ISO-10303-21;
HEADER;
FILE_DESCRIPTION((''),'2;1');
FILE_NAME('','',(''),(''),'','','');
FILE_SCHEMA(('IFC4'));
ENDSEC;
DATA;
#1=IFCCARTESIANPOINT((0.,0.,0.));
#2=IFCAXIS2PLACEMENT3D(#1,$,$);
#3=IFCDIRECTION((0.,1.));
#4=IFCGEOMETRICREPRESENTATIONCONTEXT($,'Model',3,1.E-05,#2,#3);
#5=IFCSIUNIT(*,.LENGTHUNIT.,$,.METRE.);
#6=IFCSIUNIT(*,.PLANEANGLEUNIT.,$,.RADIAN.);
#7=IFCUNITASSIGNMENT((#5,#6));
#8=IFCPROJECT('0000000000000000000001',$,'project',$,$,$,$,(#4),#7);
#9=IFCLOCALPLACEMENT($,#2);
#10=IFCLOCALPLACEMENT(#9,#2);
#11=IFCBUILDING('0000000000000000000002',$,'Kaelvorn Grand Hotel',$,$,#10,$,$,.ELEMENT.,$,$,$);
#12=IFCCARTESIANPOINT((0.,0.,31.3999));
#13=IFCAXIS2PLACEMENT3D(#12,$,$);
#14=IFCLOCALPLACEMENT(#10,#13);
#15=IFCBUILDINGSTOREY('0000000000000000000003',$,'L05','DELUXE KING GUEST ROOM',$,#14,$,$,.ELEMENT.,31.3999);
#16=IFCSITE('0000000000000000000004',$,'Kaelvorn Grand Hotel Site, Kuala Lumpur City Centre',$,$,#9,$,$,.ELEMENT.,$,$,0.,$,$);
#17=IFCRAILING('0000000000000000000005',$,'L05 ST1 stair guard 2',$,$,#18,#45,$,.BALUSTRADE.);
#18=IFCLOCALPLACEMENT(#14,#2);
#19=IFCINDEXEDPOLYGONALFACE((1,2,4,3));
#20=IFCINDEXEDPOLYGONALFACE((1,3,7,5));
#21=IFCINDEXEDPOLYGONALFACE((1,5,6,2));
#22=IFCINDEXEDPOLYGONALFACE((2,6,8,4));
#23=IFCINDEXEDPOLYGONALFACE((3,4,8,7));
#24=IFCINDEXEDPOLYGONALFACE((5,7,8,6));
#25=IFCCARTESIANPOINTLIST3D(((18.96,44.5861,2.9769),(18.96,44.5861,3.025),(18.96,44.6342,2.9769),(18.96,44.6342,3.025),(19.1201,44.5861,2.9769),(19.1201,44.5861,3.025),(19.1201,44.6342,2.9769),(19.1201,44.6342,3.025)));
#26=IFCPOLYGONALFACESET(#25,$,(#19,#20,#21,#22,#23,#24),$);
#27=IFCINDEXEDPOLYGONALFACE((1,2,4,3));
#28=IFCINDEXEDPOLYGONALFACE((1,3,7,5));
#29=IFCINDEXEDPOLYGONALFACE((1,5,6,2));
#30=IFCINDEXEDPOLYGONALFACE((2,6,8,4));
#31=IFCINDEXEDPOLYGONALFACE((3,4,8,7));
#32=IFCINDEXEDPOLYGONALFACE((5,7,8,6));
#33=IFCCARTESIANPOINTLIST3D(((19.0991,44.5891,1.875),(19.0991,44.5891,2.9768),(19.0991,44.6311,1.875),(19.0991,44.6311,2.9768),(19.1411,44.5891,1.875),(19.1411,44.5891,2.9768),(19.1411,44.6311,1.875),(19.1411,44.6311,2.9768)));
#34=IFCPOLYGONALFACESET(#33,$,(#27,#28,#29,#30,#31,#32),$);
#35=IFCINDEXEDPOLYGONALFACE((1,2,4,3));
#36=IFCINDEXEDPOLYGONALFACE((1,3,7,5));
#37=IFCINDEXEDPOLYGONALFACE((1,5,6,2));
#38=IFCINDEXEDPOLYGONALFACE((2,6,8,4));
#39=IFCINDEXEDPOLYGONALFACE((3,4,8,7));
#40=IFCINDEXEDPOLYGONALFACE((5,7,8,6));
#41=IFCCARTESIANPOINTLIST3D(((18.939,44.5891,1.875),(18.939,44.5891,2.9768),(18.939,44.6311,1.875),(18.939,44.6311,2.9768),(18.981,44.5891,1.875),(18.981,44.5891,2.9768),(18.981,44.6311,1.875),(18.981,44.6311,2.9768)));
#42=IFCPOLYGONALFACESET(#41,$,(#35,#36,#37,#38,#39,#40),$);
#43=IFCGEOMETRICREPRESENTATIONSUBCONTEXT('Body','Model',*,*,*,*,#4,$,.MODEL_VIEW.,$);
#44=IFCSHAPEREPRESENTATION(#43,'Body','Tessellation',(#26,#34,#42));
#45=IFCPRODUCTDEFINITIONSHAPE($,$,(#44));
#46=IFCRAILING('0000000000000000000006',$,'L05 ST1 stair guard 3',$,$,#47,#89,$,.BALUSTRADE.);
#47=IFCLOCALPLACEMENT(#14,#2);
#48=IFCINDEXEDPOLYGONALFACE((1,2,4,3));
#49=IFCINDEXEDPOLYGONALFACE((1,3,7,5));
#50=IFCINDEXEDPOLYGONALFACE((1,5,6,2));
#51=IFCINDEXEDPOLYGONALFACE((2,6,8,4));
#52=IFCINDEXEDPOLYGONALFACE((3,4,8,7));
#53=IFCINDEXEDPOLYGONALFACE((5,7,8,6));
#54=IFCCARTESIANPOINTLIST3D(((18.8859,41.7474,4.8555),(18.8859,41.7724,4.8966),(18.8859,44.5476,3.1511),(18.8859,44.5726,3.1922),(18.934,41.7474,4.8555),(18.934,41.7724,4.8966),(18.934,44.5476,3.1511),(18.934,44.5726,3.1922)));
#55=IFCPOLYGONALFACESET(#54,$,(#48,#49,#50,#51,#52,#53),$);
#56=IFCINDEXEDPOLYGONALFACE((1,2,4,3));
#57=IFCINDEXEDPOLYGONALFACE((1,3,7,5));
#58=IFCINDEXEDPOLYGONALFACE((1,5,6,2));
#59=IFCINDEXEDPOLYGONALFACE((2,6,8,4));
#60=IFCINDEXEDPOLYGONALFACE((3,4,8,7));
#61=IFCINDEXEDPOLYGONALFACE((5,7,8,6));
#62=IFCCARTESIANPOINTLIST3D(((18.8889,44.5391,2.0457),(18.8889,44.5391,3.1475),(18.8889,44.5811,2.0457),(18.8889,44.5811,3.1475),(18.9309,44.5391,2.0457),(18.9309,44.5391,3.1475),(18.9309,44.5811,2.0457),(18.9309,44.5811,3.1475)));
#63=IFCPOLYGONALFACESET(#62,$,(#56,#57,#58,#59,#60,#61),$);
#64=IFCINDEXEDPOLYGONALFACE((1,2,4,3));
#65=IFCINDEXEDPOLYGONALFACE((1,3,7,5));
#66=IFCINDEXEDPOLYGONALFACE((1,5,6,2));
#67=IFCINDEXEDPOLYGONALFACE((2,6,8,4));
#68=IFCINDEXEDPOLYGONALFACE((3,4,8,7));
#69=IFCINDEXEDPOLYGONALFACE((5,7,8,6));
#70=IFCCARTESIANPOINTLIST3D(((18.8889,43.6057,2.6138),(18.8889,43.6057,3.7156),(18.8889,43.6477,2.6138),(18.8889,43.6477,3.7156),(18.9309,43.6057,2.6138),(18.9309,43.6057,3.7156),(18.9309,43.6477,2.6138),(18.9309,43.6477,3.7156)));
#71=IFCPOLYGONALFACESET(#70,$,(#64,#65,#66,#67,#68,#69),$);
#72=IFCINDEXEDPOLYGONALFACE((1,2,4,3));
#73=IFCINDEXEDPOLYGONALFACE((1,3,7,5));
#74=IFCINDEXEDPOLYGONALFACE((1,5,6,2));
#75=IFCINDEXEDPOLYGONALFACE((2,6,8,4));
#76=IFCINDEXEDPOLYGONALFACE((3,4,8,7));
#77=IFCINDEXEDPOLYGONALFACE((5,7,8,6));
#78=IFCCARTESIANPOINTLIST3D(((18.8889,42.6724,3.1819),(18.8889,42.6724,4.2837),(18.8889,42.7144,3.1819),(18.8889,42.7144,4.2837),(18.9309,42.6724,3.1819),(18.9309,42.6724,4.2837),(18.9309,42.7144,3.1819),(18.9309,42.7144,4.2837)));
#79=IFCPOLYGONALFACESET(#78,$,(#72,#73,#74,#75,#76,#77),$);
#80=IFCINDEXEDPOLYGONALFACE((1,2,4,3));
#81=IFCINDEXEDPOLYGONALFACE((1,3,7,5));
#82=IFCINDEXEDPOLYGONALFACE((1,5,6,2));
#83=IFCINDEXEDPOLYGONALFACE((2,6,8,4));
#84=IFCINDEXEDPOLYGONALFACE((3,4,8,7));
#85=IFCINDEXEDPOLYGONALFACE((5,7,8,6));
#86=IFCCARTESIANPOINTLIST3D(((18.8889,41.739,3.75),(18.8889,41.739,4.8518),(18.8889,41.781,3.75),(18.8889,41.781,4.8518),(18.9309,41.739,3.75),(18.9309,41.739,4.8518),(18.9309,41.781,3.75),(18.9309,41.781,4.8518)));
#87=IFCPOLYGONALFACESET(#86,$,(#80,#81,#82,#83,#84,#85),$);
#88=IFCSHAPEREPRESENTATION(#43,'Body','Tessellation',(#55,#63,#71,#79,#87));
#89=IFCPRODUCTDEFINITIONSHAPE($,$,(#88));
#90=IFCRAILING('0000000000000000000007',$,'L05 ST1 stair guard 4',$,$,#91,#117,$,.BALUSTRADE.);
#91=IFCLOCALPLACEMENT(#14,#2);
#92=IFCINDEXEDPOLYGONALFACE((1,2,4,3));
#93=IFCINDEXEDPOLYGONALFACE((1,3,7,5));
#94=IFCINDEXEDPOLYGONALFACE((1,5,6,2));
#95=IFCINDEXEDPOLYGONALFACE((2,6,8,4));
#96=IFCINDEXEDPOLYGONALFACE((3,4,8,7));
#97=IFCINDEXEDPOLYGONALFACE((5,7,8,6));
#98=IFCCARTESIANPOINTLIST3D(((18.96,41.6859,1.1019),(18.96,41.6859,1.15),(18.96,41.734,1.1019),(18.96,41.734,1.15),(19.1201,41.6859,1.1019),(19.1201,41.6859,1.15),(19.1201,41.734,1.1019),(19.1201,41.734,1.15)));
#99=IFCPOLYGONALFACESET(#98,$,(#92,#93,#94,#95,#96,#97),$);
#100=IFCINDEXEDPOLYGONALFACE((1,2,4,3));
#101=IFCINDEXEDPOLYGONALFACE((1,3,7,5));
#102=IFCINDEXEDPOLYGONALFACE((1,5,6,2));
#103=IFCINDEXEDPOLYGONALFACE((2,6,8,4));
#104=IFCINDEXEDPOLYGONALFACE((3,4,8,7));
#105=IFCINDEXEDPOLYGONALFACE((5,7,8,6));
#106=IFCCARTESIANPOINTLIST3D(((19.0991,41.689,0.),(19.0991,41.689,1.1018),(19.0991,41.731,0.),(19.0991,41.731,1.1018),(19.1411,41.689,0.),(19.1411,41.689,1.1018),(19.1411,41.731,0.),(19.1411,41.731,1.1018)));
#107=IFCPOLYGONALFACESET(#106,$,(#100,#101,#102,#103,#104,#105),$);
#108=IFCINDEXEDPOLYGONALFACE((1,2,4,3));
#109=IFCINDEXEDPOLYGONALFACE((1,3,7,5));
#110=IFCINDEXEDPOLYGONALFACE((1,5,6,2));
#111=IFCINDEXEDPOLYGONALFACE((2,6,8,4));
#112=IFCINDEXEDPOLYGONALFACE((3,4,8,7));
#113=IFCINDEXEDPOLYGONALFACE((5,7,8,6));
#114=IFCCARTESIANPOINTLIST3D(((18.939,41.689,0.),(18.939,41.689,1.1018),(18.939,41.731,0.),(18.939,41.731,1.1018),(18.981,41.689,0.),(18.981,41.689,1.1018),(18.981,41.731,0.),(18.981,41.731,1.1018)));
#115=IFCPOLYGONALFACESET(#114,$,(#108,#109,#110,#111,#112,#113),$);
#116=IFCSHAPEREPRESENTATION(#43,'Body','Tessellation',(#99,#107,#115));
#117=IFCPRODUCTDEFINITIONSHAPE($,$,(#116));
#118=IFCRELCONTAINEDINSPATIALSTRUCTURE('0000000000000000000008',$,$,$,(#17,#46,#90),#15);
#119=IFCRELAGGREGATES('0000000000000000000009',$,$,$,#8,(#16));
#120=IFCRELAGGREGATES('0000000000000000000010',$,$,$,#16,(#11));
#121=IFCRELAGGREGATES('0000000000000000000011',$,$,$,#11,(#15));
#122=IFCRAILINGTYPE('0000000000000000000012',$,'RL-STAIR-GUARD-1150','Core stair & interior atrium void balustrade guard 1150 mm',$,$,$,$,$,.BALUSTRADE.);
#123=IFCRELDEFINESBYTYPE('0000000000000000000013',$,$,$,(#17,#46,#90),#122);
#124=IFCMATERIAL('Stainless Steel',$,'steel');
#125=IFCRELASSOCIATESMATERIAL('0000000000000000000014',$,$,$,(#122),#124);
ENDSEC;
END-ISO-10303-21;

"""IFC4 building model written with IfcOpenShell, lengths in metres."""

from ifc_helpers import new_model, si_unit, direction, frame, origin, origin_2d, place, context, subcontext, project, spatial, rectangle, extrude, material, type_object, element, save


model = new_model("IFC4")

# Units and contexts
model_context = context("Model", 3, precision=1e-05, world=origin(), true_north=direction((0.0, 1.0)))
body_context = subcontext(model_context, "Body", "Model", "MODEL_VIEW")
ifc_project = project(units=[si_unit("LENGTHUNIT", "METRE"), si_unit("PLANEANGLEUNIT", "RADIAN")], contexts=[model_context])

# Site, building, storey
site_placement = place(None, origin())
site = spatial("IfcSite", under=ifc_project, at=site_placement, Name="Kaelvorn Grand Hotel Site, Kuala Lumpur City Centre", CompositionType="ELEMENT", RefElevation=0.0)
building_placement = place(site_placement, origin())
building = spatial("IfcBuilding", under=site, at=building_placement, Name="Kaelvorn Grand Hotel", CompositionType="ELEMENT")
storey_placement = place(building_placement, frame((0.0, 0.0, 31.3999)))
storey = spatial("IfcBuildingStorey", under=building, at=storey_placement, Name="L05", Description="DELUXE KING GUEST ROOM", CompositionType="ELEMENT", Elevation=31.3999)

# Shared definitions
ifc_material_1 = material(Name="Stainless Steel", Category="steel")

# Railings
railing_type_1 = type_object("IfcRailingType", Name="RL-STAIR-GUARD-1150", Description="Core stair & interior atrium void balustrade guard 1150 mm", PredefinedType="BALUSTRADE", material=ifc_material_1)
railing_1_placement = place(storey_placement, frame((19.1201, 44.6101, 1.875)))
element("IfcRailing", 1, at=railing_1_placement, inside=storey, type_object=railing_type_1, Name="L05 ST1 stair guard 2", PredefinedType="BALUSTRADE", context=body_context, shape_type="SweptSolid", body=[
    extrude(rectangle(XDim=0.0481, YDim=0.0481, at=origin_2d()), frame((0.0, 0.0, 1.126), z_axis=(-1.0, 0.0, 0.0), x_axis=(0.0, -1.0, 0.0)), (0.0, 0.0, 1.0), 0.1602),
    extrude(rectangle(XDim=0.042, YDim=0.042, at=origin_2d()), origin(), (0.0, 0.0, 1.0), 1.1018),
    extrude(rectangle(XDim=0.042, YDim=0.042, at=origin_2d()), frame((-0.1602, 0.0, 0.0)), (0.0, 0.0, 1.0), 1.1018),
])
railing_2_placement = place(storey_placement, frame((18.9099, 44.5601, 2.0457)))
element("IfcRailing", 2, at=railing_2_placement, inside=storey, type_object=railing_type_1, Name="L05 ST1 stair guard 3", PredefinedType="BALUSTRADE", context=body_context, shape_type="SweptSolid", body=[
    extrude(rectangle(XDim=0.0481, YDim=0.0481, at=origin_2d()), frame((0.0, 0.0, 1.126), z_axis=(0.0, -0.854203, 0.51994), x_axis=(1.0, 0.0, 0.0)), (0.0, 0.0, 1.0), 3.2781),
    extrude(rectangle(XDim=0.042, YDim=0.042, at=origin_2d()), origin(), (0.0, 0.0, 1.0), 1.1018),
    extrude(rectangle(XDim=0.042, YDim=0.042, at=origin_2d()), frame((0.0, -0.9333, 0.5681)), (0.0, 0.0, 1.0), 1.1018),
    extrude(rectangle(XDim=0.042, YDim=0.042, at=origin_2d()), frame((0.0, -1.8667, 1.1362)), (0.0, 0.0, 1.0), 1.1018),
    extrude(rectangle(XDim=0.042, YDim=0.042, at=origin_2d()), frame((0.0, -2.8, 1.7043)), (0.0, 0.0, 1.0), 1.1018),
])
railing_3_placement = place(storey_placement, frame((19.1201, 41.71, 0.0)))
element("IfcRailing", 3, at=railing_3_placement, inside=storey, type_object=railing_type_1, Name="L05 ST1 stair guard 4", PredefinedType="BALUSTRADE", context=body_context, shape_type="SweptSolid", body=[
    extrude(rectangle(XDim=0.0481, YDim=0.0481, at=origin_2d()), frame((0.0, 0.0, 1.126), z_axis=(-1.0, 0.0, 0.0), x_axis=(0.0, -1.0, 0.0)), (0.0, 0.0, 1.0), 0.1602),
    extrude(rectangle(XDim=0.042, YDim=0.042, at=origin_2d()), origin(), (0.0, 0.0, 1.0), 1.1018),
    extrude(rectangle(XDim=0.042, YDim=0.042, at=origin_2d()), frame((-0.1602, 0.0, 0.0)), (0.0, 0.0, 1.0), 1.1018),
])

save(model, "model.ifc")
